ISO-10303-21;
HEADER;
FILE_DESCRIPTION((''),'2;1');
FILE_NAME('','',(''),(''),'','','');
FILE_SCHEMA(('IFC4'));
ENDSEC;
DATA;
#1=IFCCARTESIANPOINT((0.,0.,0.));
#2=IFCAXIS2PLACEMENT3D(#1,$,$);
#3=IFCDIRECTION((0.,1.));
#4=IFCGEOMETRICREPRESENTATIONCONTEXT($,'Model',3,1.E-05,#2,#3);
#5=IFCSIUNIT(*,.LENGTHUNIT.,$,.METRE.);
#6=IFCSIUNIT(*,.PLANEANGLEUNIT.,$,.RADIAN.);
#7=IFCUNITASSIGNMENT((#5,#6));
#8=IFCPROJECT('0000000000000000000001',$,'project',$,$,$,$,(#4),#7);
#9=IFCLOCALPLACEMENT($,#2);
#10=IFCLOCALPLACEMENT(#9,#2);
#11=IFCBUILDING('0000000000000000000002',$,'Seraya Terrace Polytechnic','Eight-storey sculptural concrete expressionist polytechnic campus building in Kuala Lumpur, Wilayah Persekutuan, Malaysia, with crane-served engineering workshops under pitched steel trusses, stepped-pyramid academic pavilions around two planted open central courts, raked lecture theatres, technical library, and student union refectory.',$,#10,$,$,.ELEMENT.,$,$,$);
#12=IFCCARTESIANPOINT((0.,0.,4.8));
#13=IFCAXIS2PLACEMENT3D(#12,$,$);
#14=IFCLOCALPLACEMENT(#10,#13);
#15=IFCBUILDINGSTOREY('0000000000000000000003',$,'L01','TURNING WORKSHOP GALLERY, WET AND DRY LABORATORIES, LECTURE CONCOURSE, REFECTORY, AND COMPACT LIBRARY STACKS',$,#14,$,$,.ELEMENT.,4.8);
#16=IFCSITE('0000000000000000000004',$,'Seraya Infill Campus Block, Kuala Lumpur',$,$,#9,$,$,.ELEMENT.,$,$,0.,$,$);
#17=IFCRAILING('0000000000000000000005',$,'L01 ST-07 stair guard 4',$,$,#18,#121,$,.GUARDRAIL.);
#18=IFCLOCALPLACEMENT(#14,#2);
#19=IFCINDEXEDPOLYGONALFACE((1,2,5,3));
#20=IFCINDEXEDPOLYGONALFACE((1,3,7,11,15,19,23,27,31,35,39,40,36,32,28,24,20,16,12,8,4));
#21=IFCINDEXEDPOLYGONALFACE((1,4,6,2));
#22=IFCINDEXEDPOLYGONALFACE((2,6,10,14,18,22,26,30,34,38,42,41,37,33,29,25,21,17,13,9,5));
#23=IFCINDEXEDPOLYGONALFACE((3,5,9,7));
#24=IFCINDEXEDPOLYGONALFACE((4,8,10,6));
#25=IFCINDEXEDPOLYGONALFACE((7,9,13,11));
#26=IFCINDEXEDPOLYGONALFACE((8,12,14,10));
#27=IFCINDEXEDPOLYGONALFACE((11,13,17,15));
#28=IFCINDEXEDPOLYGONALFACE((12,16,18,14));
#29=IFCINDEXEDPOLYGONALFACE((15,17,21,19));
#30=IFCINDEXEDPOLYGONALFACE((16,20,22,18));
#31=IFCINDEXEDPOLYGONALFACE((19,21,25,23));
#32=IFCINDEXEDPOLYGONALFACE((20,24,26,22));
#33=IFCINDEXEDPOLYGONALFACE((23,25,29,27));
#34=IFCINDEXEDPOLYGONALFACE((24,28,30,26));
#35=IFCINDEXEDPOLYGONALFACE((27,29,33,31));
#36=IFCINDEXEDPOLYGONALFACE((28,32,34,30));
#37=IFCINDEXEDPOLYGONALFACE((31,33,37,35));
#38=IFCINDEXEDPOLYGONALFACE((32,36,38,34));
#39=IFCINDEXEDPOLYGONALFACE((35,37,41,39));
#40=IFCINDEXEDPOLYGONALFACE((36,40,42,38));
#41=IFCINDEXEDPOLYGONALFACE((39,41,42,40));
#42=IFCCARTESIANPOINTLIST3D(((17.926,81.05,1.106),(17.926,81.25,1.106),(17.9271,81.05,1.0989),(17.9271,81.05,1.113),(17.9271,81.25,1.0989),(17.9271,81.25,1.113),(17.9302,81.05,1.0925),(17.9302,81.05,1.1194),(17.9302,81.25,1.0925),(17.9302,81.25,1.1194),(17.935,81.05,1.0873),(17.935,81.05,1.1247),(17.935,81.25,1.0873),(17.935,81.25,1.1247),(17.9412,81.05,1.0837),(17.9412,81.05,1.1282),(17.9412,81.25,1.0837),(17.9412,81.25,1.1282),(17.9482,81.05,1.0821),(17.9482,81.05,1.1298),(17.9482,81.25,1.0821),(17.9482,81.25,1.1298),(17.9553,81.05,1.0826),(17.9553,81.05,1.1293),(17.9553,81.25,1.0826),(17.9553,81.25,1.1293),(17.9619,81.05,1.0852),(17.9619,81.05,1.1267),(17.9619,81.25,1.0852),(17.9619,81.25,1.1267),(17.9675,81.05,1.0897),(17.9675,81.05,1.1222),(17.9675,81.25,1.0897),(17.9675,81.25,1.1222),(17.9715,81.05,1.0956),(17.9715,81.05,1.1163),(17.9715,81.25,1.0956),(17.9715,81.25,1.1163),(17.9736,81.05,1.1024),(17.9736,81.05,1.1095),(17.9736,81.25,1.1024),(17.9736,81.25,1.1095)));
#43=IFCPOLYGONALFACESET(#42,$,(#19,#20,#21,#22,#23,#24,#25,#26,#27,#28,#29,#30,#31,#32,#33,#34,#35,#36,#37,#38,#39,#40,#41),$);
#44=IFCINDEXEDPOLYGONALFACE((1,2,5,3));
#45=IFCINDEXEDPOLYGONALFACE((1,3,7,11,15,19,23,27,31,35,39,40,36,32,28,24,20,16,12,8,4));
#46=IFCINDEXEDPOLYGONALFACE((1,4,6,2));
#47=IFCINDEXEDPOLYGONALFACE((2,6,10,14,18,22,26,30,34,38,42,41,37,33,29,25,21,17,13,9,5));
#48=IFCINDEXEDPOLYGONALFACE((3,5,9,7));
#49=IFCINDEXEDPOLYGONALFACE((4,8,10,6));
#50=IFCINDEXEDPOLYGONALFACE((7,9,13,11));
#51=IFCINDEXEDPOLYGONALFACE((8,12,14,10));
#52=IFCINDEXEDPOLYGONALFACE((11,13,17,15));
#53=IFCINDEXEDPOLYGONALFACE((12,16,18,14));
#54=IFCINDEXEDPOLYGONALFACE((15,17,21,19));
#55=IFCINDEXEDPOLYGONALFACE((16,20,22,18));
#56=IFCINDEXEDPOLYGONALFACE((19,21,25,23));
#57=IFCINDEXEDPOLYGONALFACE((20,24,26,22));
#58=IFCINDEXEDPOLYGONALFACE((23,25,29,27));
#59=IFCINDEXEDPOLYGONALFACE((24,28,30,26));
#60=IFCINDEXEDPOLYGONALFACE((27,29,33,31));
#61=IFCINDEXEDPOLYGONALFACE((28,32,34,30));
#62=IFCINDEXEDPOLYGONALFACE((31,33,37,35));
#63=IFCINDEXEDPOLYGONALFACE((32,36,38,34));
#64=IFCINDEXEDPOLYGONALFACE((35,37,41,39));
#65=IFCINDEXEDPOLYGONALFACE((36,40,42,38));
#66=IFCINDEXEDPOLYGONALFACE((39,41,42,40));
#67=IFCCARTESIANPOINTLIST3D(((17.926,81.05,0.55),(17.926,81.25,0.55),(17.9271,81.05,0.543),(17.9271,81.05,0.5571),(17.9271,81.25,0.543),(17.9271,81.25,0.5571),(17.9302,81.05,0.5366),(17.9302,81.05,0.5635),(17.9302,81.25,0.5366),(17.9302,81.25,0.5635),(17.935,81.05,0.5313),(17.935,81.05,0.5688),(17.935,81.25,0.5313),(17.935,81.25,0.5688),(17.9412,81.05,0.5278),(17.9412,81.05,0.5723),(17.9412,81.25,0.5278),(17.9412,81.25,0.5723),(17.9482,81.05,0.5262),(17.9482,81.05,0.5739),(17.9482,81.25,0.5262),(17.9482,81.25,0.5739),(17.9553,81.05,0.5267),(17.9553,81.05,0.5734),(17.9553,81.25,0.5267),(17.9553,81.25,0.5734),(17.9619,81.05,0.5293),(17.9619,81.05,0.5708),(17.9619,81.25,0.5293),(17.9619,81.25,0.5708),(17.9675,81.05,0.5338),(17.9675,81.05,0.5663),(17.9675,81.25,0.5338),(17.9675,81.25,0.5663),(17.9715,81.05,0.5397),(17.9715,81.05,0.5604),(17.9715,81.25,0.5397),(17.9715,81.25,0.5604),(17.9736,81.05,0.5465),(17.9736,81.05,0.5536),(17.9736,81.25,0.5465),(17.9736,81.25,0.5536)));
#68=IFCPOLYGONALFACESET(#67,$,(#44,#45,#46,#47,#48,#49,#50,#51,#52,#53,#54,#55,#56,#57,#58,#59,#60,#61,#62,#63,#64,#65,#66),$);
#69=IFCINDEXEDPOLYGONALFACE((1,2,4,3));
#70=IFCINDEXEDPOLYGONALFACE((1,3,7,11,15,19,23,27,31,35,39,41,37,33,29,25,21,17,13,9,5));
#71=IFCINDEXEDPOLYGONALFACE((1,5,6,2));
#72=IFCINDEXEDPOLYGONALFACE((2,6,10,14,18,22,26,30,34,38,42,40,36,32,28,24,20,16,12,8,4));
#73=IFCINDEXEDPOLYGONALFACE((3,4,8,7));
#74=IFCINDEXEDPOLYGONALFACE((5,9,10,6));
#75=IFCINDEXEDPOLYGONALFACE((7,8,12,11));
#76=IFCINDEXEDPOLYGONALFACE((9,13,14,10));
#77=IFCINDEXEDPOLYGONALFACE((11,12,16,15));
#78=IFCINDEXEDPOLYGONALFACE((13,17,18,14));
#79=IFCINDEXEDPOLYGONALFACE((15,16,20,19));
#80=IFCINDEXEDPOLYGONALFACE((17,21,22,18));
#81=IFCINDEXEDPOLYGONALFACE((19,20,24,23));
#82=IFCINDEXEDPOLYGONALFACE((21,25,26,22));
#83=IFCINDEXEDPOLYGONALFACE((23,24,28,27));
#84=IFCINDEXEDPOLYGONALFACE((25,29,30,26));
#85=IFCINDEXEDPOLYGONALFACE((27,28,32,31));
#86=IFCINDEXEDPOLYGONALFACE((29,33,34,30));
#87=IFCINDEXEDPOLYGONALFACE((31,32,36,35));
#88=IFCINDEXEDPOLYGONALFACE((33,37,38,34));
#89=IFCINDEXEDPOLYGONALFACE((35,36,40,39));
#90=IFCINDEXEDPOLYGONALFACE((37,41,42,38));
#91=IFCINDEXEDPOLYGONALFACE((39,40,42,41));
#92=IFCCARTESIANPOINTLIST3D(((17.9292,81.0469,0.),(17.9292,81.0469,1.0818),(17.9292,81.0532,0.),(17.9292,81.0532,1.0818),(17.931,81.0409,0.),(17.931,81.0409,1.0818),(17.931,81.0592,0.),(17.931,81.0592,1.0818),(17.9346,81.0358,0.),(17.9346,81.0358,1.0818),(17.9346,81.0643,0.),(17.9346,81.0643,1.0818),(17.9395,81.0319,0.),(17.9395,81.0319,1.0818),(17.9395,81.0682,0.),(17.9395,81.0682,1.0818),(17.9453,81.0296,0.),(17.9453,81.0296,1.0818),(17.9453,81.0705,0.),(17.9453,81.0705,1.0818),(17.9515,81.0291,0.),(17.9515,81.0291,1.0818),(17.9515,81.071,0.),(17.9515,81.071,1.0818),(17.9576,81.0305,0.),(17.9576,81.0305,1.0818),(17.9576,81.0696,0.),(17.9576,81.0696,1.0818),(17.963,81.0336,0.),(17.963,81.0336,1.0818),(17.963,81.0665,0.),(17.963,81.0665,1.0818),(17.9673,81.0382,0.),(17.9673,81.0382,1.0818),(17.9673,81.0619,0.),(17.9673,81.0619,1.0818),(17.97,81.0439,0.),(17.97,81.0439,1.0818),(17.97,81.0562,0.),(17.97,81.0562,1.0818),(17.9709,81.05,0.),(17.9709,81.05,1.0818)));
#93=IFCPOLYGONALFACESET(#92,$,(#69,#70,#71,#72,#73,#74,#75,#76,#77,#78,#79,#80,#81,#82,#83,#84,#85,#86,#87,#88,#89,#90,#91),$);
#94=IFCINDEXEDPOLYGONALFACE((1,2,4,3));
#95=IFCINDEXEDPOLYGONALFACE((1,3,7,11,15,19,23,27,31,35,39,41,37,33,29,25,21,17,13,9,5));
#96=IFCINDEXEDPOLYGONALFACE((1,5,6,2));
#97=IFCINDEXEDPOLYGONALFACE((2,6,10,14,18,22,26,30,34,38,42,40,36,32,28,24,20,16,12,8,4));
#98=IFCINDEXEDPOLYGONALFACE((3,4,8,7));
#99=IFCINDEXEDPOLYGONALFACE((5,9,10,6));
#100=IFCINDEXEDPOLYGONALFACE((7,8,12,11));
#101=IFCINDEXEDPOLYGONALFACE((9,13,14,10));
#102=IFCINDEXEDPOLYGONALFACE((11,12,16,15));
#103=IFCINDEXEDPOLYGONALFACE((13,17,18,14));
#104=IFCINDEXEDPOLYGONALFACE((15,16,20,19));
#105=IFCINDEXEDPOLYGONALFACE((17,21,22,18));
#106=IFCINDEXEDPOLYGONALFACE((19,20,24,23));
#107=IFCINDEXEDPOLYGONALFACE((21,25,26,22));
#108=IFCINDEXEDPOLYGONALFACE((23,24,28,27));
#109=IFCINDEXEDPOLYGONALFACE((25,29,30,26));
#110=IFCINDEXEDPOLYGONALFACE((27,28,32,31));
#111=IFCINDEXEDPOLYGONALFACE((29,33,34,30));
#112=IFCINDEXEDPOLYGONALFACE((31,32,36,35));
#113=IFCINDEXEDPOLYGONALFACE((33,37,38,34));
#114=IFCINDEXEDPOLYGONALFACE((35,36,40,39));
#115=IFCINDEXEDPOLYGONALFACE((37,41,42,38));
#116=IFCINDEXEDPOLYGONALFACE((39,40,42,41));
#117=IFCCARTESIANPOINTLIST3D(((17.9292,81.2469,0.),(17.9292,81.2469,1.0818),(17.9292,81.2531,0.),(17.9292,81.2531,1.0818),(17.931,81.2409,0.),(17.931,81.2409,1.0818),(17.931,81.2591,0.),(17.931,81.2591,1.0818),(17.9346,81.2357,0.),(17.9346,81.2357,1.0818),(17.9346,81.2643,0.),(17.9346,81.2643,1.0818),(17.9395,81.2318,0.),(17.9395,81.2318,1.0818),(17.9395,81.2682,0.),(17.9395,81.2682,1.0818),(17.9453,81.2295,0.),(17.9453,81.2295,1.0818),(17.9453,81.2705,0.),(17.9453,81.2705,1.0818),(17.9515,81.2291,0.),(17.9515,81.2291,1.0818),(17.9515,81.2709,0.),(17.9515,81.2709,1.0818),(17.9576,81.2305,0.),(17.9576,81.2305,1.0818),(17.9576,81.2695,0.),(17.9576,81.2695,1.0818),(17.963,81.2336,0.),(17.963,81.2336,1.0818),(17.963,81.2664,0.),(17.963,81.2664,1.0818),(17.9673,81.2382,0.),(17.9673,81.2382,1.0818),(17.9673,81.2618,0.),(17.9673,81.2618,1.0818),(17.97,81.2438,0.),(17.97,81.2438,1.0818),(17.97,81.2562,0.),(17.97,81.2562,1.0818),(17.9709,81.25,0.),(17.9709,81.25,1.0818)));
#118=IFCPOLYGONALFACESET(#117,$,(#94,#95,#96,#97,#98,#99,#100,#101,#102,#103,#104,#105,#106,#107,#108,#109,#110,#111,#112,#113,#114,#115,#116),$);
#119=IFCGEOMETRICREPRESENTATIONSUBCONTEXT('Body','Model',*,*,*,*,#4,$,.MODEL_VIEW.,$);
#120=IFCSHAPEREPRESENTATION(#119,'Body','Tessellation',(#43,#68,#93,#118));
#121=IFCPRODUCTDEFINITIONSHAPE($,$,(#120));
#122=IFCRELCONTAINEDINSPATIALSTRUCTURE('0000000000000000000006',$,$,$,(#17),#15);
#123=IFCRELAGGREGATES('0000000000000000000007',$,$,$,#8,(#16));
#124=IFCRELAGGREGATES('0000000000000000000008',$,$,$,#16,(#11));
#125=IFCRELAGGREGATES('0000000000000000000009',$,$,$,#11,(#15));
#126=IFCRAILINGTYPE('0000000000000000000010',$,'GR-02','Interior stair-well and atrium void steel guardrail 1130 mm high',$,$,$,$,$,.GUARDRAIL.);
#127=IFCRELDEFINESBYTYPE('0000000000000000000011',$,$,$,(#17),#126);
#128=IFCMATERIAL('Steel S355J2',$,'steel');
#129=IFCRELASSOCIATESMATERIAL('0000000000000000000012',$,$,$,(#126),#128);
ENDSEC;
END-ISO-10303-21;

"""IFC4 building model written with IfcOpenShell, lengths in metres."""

from ifc_helpers import new_model, si_unit, direction, frame, origin, origin_2d, place, context, subcontext, project, spatial, circle, extrude, material, type_object, element, save


model = new_model("IFC4")

# Units and contexts
model_context = context("Model", 3, precision=1e-05, world=origin(), true_north=direction((0.0, 1.0)))
body_context = subcontext(model_context, "Body", "Model", "MODEL_VIEW")
ifc_project = project(units=[si_unit("LENGTHUNIT", "METRE"), si_unit("PLANEANGLEUNIT", "RADIAN")], contexts=[model_context])

# Site, building, storey
site_placement = place(None, origin())
site = spatial("IfcSite", under=ifc_project, at=site_placement, Name="Seraya Infill Campus Block, Kuala Lumpur", CompositionType="ELEMENT", RefElevation=0.0)
building_placement = place(site_placement, origin())
building = spatial("IfcBuilding", under=site, at=building_placement, Name="Seraya Terrace Polytechnic", Description="Eight-storey sculptural concrete expressionist polytechnic campus building in Kuala Lumpur, Wilayah Persekutuan, Malaysia, with crane-served engineering workshops under pitched steel trusses, stepped-pyramid academic pavilions around two planted open central courts, raked lecture theatres, technical library, and student union refectory.", CompositionType="ELEMENT")
storey_placement = place(building_placement, frame((0.0, 0.0, 4.8)))
storey = spatial("IfcBuildingStorey", under=building, at=storey_placement, Name="L01", Description="TURNING WORKSHOP GALLERY, WET AND DRY LABORATORIES, LECTURE CONCOURSE, REFECTORY, AND COMPACT LIBRARY STACKS", CompositionType="ELEMENT", Elevation=4.8)

# Shared definitions
ifc_material_1 = material(Name="Steel S355J2", Category="steel")

# Railing
railing_type_1 = type_object("IfcRailingType", Name="GR-02", Description="Interior stair-well and atrium void steel guardrail 1130 mm high", PredefinedType="GUARDRAIL", material=ifc_material_1)
railing_1_placement = place(storey_placement, frame((17.95, 81.05, 0.0)))
element("IfcRailing", 1, at=railing_1_placement, inside=storey, type_object=railing_type_1, Name="L01 ST-07 stair guard 4", PredefinedType="GUARDRAIL", context=body_context, shape_type="SweptSolid", body=[
    extrude(circle(Radius=0.0239, at=origin_2d()), frame((0.0, 0.0, 1.106), z_axis=(0.0, 1.0, 0.0), x_axis=(-1.0, 0.0, 0.0)), (0.0, 0.0, 1.0), 0.2),
    extrude(circle(Radius=0.0239, at=origin_2d()), frame((0.0, 0.0, 0.55), z_axis=(0.0, 1.0, 0.0), x_axis=(-1.0, 0.0, 0.0)), (0.0, 0.0, 1.0), 0.2),
    extrude(circle(Radius=0.021, at=origin_2d()), origin(), (0.0, 0.0, 1.0), 1.0818),
    extrude(circle(Radius=0.021, at=origin_2d()), frame((0.0, 0.2, 0.0)), (0.0, 0.0, 1.0), 1.0818),
])

save(model, "model.ifc")
